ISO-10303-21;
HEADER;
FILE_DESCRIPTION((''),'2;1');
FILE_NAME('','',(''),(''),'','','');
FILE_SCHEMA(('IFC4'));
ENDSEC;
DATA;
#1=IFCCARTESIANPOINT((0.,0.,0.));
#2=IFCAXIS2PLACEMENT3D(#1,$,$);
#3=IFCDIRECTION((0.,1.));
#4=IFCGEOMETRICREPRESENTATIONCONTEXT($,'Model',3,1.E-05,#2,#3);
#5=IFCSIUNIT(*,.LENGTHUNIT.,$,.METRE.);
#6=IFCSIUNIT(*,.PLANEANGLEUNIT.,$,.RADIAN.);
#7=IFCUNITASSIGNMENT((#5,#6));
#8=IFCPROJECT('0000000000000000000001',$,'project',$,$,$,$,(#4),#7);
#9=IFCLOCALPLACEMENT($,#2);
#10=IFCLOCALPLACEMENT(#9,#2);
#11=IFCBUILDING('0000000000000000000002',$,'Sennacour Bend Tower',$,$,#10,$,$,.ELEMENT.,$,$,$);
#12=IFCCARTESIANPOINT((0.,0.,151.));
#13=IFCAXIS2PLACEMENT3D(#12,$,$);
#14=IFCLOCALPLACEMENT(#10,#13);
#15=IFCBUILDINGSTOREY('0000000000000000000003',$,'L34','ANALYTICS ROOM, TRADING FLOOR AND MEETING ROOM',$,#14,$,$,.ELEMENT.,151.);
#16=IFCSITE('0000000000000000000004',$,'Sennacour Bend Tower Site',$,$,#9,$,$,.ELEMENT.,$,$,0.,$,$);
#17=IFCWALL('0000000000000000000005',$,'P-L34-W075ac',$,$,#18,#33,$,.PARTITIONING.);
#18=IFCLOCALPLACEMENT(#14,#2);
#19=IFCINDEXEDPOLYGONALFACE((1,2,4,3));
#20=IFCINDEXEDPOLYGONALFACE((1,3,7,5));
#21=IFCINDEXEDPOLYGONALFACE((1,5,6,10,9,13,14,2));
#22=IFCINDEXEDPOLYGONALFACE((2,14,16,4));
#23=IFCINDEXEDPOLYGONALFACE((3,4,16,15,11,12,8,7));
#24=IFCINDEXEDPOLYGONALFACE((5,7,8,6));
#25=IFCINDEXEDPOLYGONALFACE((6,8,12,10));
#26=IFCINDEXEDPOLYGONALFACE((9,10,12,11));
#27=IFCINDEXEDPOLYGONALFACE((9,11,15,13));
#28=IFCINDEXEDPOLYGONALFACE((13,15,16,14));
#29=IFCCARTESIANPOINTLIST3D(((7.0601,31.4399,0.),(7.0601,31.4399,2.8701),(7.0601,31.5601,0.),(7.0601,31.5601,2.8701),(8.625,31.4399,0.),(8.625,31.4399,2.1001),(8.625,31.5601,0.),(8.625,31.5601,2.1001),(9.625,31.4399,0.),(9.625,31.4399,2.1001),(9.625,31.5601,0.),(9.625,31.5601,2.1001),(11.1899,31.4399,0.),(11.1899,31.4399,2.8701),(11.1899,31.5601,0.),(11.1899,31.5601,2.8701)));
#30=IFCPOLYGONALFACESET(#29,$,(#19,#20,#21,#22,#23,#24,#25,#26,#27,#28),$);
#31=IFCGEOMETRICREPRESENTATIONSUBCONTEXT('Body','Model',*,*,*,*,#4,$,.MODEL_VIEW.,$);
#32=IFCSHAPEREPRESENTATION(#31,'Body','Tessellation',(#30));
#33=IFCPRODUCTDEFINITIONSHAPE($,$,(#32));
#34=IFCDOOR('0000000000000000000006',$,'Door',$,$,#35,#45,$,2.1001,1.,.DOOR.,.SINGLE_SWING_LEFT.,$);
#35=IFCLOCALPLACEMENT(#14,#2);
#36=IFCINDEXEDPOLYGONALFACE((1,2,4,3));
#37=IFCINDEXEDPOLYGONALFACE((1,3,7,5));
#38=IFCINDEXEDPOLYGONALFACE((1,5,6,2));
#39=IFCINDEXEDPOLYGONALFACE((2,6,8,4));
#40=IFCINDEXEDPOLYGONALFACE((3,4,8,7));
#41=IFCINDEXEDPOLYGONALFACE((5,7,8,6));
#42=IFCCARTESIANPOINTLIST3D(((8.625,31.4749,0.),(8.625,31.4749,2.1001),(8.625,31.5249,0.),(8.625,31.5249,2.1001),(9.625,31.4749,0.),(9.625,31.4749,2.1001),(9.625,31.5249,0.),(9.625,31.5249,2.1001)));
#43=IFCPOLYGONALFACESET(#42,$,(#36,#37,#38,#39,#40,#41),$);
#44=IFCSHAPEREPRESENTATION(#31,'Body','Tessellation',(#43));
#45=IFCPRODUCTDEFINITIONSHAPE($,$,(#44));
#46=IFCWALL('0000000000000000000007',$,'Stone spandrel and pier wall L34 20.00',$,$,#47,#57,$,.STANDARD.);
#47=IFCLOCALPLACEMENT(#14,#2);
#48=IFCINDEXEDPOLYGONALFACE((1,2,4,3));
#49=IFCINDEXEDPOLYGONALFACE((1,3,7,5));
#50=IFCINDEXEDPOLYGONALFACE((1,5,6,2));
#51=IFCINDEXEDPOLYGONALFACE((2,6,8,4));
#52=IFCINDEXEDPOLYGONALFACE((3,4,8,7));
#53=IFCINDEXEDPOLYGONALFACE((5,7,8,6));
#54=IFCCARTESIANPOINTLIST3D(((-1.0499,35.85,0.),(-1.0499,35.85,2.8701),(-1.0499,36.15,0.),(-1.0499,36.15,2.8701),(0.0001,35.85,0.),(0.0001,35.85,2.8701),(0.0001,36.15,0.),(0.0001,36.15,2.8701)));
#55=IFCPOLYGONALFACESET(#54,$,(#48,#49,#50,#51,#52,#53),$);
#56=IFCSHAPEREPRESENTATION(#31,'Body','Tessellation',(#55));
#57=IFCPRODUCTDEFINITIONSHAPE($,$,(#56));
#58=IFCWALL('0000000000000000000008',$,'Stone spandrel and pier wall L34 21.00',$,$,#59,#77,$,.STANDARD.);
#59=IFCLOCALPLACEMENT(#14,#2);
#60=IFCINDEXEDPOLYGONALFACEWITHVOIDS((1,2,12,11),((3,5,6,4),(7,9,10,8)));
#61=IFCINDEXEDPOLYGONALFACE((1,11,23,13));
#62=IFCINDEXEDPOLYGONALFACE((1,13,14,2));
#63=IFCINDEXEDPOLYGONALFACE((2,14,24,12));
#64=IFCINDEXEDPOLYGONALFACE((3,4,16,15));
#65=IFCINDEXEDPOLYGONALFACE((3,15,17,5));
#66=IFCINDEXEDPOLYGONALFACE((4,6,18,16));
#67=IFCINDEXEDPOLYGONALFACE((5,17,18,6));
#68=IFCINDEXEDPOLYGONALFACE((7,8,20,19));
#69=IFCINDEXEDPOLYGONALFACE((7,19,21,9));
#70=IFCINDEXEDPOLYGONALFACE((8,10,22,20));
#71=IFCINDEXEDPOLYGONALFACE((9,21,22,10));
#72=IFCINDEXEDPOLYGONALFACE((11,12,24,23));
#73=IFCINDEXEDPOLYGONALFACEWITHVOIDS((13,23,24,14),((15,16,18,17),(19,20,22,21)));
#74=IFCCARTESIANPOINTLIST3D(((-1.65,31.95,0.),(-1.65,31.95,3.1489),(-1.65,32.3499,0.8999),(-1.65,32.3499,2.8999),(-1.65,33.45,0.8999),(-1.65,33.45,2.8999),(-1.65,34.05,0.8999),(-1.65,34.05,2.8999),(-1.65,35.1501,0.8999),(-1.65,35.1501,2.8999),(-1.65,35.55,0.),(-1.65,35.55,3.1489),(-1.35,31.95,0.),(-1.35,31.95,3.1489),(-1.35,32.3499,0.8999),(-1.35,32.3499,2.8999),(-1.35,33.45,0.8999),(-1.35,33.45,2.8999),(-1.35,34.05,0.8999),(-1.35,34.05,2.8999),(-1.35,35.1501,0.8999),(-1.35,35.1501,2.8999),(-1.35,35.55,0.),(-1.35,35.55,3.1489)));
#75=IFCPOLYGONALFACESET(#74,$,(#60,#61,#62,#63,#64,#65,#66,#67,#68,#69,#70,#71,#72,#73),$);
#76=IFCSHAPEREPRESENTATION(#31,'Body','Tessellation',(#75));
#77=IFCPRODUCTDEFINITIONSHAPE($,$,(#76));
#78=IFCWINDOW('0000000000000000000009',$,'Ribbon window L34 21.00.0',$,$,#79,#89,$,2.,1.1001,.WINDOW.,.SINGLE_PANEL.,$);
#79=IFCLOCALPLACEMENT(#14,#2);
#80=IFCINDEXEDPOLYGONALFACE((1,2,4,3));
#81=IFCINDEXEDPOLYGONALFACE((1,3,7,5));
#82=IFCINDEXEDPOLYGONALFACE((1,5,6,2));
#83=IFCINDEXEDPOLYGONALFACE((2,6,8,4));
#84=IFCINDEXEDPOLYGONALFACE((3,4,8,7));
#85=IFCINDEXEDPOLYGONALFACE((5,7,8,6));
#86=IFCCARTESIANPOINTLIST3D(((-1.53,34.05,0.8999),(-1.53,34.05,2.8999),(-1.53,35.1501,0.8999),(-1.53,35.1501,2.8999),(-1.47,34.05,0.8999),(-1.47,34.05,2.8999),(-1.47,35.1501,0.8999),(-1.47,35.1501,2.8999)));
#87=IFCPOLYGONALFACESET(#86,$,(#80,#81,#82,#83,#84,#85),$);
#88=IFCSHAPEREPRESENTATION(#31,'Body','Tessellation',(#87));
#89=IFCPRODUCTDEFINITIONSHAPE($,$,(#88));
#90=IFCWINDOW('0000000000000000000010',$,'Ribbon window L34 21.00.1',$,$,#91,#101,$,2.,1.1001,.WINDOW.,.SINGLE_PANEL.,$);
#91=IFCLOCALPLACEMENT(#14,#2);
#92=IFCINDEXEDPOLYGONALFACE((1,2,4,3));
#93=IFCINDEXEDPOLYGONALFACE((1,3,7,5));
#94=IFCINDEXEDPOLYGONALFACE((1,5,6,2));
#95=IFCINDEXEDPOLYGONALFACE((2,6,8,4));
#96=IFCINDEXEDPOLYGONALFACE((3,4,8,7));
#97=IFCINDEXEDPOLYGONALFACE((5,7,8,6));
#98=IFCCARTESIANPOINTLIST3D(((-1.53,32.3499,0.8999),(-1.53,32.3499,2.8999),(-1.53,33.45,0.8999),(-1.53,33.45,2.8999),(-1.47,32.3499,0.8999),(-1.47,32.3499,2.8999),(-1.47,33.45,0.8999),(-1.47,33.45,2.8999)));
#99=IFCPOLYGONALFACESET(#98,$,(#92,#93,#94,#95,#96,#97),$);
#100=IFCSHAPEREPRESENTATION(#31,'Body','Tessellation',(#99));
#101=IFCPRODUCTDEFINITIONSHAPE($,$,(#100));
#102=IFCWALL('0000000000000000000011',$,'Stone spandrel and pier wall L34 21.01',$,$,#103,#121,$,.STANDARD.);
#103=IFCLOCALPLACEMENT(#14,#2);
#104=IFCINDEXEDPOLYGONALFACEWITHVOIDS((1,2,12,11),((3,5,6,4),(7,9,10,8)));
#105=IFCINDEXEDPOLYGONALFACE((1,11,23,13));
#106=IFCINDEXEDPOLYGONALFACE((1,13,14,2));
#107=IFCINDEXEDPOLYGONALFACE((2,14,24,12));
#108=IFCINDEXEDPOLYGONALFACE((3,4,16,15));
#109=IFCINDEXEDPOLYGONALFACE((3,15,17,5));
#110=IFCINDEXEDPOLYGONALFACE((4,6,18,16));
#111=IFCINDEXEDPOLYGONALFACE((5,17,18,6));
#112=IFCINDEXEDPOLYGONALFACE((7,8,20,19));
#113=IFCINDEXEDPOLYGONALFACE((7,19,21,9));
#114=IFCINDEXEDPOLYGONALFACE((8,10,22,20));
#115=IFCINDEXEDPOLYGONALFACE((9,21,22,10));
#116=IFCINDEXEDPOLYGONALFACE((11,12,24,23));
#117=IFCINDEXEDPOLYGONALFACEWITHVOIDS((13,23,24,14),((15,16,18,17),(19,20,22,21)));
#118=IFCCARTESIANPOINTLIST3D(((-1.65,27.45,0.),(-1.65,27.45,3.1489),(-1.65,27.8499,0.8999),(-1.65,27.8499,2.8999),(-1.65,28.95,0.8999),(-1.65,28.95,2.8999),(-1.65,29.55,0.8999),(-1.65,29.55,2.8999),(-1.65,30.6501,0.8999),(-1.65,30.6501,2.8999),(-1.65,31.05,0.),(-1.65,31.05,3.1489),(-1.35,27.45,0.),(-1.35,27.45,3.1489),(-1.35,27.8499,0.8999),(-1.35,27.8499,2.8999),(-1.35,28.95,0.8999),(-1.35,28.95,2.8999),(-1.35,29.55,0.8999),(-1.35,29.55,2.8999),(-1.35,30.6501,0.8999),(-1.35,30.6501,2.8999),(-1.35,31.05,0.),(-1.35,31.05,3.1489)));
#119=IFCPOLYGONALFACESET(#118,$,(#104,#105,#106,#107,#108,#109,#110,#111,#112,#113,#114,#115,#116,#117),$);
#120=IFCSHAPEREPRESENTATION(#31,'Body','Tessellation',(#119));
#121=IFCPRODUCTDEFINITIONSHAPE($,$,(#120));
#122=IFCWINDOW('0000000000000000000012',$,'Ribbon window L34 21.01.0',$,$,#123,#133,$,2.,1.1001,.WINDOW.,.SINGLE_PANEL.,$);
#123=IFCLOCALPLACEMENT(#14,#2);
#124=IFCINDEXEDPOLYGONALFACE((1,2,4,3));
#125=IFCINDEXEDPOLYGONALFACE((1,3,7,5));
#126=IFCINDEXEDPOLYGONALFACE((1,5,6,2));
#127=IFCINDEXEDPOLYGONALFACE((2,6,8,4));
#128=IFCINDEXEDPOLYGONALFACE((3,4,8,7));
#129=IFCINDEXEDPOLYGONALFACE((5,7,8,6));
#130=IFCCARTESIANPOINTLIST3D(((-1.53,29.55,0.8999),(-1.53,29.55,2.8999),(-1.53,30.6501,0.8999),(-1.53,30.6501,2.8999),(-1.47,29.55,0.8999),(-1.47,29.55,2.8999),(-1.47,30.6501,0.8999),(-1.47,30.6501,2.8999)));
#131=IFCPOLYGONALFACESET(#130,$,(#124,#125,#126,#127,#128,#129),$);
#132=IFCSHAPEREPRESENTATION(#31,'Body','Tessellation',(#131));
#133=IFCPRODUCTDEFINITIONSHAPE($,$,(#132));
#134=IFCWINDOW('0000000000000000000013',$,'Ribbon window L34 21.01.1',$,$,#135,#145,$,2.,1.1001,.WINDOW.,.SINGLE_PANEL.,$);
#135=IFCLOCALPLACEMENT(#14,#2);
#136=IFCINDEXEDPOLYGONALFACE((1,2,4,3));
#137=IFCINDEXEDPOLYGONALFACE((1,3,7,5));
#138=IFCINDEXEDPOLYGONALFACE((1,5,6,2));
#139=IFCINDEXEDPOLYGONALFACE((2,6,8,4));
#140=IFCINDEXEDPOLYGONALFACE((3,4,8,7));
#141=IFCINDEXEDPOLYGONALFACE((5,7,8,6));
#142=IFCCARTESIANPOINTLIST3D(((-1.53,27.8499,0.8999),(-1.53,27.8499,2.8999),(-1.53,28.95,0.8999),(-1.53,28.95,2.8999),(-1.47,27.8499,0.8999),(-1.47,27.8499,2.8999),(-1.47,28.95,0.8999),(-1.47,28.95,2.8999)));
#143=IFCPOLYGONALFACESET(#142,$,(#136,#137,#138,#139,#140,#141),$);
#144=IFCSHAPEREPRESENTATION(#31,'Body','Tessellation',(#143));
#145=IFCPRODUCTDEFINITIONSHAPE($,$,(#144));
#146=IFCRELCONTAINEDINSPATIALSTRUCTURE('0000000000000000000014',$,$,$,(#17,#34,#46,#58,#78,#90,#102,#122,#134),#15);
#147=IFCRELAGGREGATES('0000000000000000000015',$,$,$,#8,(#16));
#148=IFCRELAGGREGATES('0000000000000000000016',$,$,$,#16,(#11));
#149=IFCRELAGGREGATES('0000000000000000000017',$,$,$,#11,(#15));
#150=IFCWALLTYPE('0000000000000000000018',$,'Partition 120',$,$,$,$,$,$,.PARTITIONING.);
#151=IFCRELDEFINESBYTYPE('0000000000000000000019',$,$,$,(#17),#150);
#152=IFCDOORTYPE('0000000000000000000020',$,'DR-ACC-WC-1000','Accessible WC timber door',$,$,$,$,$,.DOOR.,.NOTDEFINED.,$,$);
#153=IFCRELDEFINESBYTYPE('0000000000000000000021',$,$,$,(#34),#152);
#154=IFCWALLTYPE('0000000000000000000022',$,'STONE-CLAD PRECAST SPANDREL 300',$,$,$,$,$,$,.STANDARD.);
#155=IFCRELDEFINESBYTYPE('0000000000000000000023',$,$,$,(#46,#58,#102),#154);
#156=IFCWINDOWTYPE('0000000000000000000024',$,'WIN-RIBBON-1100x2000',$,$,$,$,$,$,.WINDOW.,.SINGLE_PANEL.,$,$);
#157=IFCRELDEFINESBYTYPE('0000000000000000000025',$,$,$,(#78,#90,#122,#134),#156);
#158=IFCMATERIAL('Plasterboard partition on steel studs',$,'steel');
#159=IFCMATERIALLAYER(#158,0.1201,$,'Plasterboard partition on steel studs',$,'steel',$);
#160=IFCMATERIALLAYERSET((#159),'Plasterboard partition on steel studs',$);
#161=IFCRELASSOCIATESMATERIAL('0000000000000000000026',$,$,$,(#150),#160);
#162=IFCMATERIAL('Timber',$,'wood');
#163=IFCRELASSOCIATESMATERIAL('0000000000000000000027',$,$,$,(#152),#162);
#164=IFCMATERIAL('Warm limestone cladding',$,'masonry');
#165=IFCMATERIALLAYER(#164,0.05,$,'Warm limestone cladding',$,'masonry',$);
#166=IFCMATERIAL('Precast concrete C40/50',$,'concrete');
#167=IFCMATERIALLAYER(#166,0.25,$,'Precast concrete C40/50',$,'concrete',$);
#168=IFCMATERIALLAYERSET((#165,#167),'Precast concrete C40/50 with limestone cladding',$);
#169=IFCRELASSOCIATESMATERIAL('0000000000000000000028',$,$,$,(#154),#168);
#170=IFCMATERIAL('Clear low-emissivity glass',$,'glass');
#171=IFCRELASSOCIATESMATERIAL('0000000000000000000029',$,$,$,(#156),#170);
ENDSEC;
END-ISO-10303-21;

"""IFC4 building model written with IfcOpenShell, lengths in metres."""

from ifc_helpers import new_model, si_unit, direction, frame, frame_2d, origin, place, context, subcontext, project, spatial, rectangle, extrude, material, layer, layer_set, type_object, element, fill, save


model = new_model("IFC4")

# Units and contexts
model_context = context("Model", 3, precision=1e-05, world=origin(), true_north=direction((0.0, 1.0)))
body_context = subcontext(model_context, "Body", "Model", "MODEL_VIEW")
ifc_project = project(units=[si_unit("LENGTHUNIT", "METRE"), si_unit("PLANEANGLEUNIT", "RADIAN")], contexts=[model_context])

# Site, building, storey
site_placement = place(None, origin())
site = spatial("IfcSite", under=ifc_project, at=site_placement, Name="Sennacour Bend Tower Site", CompositionType="ELEMENT", RefElevation=0.0)
building_placement = place(site_placement, origin())
building = spatial("IfcBuilding", under=site, at=building_placement, Name="Sennacour Bend Tower", CompositionType="ELEMENT")
storey_placement = place(building_placement, frame((0.0, 0.0, 151.0)))
storey = spatial("IfcBuildingStorey", under=building, at=storey_placement, Name="L34", Description="ANALYTICS ROOM, TRADING FLOOR AND MEETING ROOM", CompositionType="ELEMENT", Elevation=151.0)

# Shared definitions
ifc_material_1 = material(Name="Plasterboard partition on steel studs", Category="steel")
ifc_layer_1 = layer(ifc_material_1, 0.1201, Name="Plasterboard partition on steel studs", Category="steel")
ifc_layer_set_1 = layer_set([ifc_layer_1], Name="Plasterboard partition on steel studs")
wall_type_1 = type_object("IfcWallType", Name="Partition 120", PredefinedType="PARTITIONING", material=ifc_layer_set_1)

# Wall, opening, door
ifc_material_2 = material(Name="Timber", Category="wood")
wall_1_placement = place(storey_placement, frame((7.0601, 31.5, 0.0), z_axis=(0.0, 0.0, 1.0), x_axis=(1.0, 0.0, 0.0)))
wall_1 = element("IfcWall", 1, at=wall_1_placement, inside=storey, type_object=wall_type_1, Name="P-L34-W075ac", PredefinedType="PARTITIONING", context=body_context, shape_type="SweptSolid", body=[
    extrude(rectangle(XDim=4.1299, YDim=0.1201, at=frame_2d((2.0649, 0.0))), origin(), (0.0, 0.0, 1.0), 2.8701),
])
opening_1_placement = place(wall_1_placement, frame((1.5649, 0.0, 0.0)))
opening_1 = element("IfcOpeningElement", 2, at=opening_1_placement, cuts=wall_1, PredefinedType="OPENING", context=body_context, shape_type="SweptSolid", body=[
    extrude(rectangle(XDim=1.0, YDim=2.1001, at=frame_2d((0.5, 1.05))), frame((0.0, 0.0701, 0.0), z_axis=(0.0, -1.0, 0.0), x_axis=(1.0, 0.0, 0.0)), (0.0, 0.0, 1.0), 0.1401),
])
door_type_1 = type_object("IfcDoorType", Name="DR-ACC-WC-1000", Description="Accessible WC timber door", OperationType="NOTDEFINED", PredefinedType="DOOR", material=ifc_material_2)
door_1_placement = place(opening_1_placement, origin())
door_1 = element("IfcDoor", 3, at=door_1_placement, inside=storey, type_object=door_type_1, Name="Door", OperationType="SINGLE_SWING_LEFT", OverallHeight=2.1001, OverallWidth=1.0, PredefinedType="DOOR", context=body_context, shape_type="SweptSolid", body=[
    extrude(rectangle(XDim=1.0, YDim=2.1001, at=frame_2d((0.5, 1.05))), frame((0.0, 0.0249, 0.0), z_axis=(0.0, -1.0, 0.0), x_axis=(1.0, 0.0, 0.0)), (0.0, 0.0, 1.0), 0.05),
])
fill(opening_1, door_1)

# Wall
ifc_material_3 = material(Name="Warm limestone cladding", Category="masonry")
ifc_layer_2 = layer(ifc_material_3, 0.05, Name="Warm limestone cladding", Category="masonry")
ifc_material_4 = material(Name="Precast concrete C40/50", Category="concrete")
ifc_layer_3 = layer(ifc_material_4, 0.25, Name="Precast concrete C40/50", Category="concrete")
ifc_layer_set_2 = layer_set([ifc_layer_2, ifc_layer_3], Name="Precast concrete C40/50 with limestone cladding")
wall_type_2 = type_object("IfcWallType", Name="STONE-CLAD PRECAST SPANDREL 300", PredefinedType="STANDARD", material=ifc_layer_set_2)
wall_2_placement = place(storey_placement, frame((0.0, 36.0, 0.0), z_axis=(0.0, 0.0, 1.0), x_axis=(-1.0, 0.0, 0.0)))
element("IfcWall", 4, at=wall_2_placement, inside=storey, type_object=wall_type_2, Name="Stone spandrel and pier wall L34 20.00", PredefinedType="STANDARD", context=body_context, shape_type="SweptSolid", body=[
    extrude(rectangle(XDim=1.05, YDim=0.3, at=frame_2d((0.5249, 0.0))), origin(), (0.0, 0.0, 1.0), 2.8701),
])

# Walls, openings, windows
wall_3_placement = place(storey_placement, frame((-1.5, 35.55, 0.0), z_axis=(0.0, 0.0, 1.0), x_axis=(0.0, -1.0, 0.0)))
wall_3 = element("IfcWall", 5, at=wall_3_placement, inside=storey, type_object=wall_type_2, Name="Stone spandrel and pier wall L34 21.00", PredefinedType="STANDARD", context=body_context, shape_type="SweptSolid", body=[
    extrude(rectangle(XDim=3.6001, YDim=0.3, at=frame_2d((1.8, 0.0))), origin(), (0.0, 0.0, 1.0), 3.1489),
])
opening_2_placement = place(wall_3_placement, frame((0.3999, 0.0, 0.8999)))
opening_2 = element("IfcOpeningElement", 6, at=opening_2_placement, cuts=wall_3, PredefinedType="OPENING", context=body_context, shape_type="SweptSolid", body=[
    extrude(rectangle(XDim=1.1001, YDim=2.0, at=frame_2d((0.55, 1.0))), frame((0.0, 0.1602, 0.0), z_axis=(0.0, -1.0, 0.0), x_axis=(1.0, 0.0, 0.0)), (0.0, 0.0, 1.0), 0.3201),
])
opening_3_placement = place(wall_3_placement, frame((2.1001, 0.0, 0.8999)))
opening_3 = element("IfcOpeningElement", 7, at=opening_3_placement, cuts=wall_3, PredefinedType="OPENING", context=body_context, shape_type="SweptSolid", body=[
    extrude(rectangle(XDim=1.1001, YDim=2.0, at=frame_2d((0.55, 1.0))), frame((0.0, 0.1602, 0.0), z_axis=(0.0, -1.0, 0.0), x_axis=(1.0, 0.0, 0.0)), (0.0, 0.0, 1.0), 0.3201),
])
ifc_material_5 = material(Name="Clear low-emissivity glass", Category="glass")
window_type = type_object("IfcWindowType", Name="WIN-RIBBON-1100x2000", PartitioningType="SINGLE_PANEL", PredefinedType="WINDOW", material=ifc_material_5)
window_1_placement = place(opening_2_placement, origin())
window_1 = element("IfcWindow", 8, at=window_1_placement, inside=storey, type_object=window_type, Name="Ribbon window L34 21.00.0", OverallHeight=2.0, OverallWidth=1.1001, PartitioningType="SINGLE_PANEL", PredefinedType="WINDOW", context=body_context, shape_type="SweptSolid", body=[
    extrude(rectangle(XDim=1.1001, YDim=2.0, at=frame_2d((0.55, 1.0))), frame((0.0, 0.03, 0.0), z_axis=(0.0, -1.0, 0.0), x_axis=(1.0, 0.0, 0.0)), (0.0, 0.0, 1.0), 0.0601),
])
fill(opening_2, window_1)
window_2_placement = place(opening_3_placement, origin())
window_2 = element("IfcWindow", 9, at=window_2_placement, inside=storey, type_object=window_type, Name="Ribbon window L34 21.00.1", OverallHeight=2.0, OverallWidth=1.1001, PartitioningType="SINGLE_PANEL", PredefinedType="WINDOW", context=body_context, shape_type="SweptSolid", body=[
    extrude(rectangle(XDim=1.1001, YDim=2.0, at=frame_2d((0.55, 1.0))), frame((0.0, 0.03, 0.0), z_axis=(0.0, -1.0, 0.0), x_axis=(1.0, 0.0, 0.0)), (0.0, 0.0, 1.0), 0.0601),
])
fill(opening_3, window_2)
wall_4_placement = place(storey_placement, frame((-1.5, 31.05, 0.0), z_axis=(0.0, 0.0, 1.0), x_axis=(0.0, -1.0, 0.0)))
wall_4 = element("IfcWall", 10, at=wall_4_placement, inside=storey, type_object=wall_type_2, Name="Stone spandrel and pier wall L34 21.01", PredefinedType="STANDARD", context=body_context, shape_type="SweptSolid", body=[
    extrude(rectangle(XDim=3.6001, YDim=0.3, at=frame_2d((1.8, 0.0))), origin(), (0.0, 0.0, 1.0), 3.1489),
])
opening_4_placement = place(wall_4_placement, frame((0.3999, 0.0, 0.8999)))
opening_4 = element("IfcOpeningElement", 11, at=opening_4_placement, cuts=wall_4, PredefinedType="OPENING", context=body_context, shape_type="SweptSolid", body=[
    extrude(rectangle(XDim=1.1001, YDim=2.0, at=frame_2d((0.55, 1.0))), frame((0.0, 0.1602, 0.0), z_axis=(0.0, -1.0, 0.0), x_axis=(1.0, 0.0, 0.0)), (0.0, 0.0, 1.0), 0.3201),
])
opening_5_placement = place(wall_4_placement, frame((2.1001, 0.0, 0.8999)))
opening_5 = element("IfcOpeningElement", 12, at=opening_5_placement, cuts=wall_4, PredefinedType="OPENING", context=body_context, shape_type="SweptSolid", body=[
    extrude(rectangle(XDim=1.1001, YDim=2.0, at=frame_2d((0.55, 1.0))), frame((0.0, 0.1602, 0.0), z_axis=(0.0, -1.0, 0.0), x_axis=(1.0, 0.0, 0.0)), (0.0, 0.0, 1.0), 0.3201),
])
window_3_placement = place(opening_4_placement, origin())
window_3 = element("IfcWindow", 13, at=window_3_placement, inside=storey, type_object=window_type, Name="Ribbon window L34 21.01.0", OverallHeight=2.0, OverallWidth=1.1001, PartitioningType="SINGLE_PANEL", PredefinedType="WINDOW", context=body_context, shape_type="SweptSolid", body=[
    extrude(rectangle(XDim=1.1001, YDim=2.0, at=frame_2d((0.55, 1.0))), frame((0.0, 0.03, 0.0), z_axis=(0.0, -1.0, 0.0), x_axis=(1.0, 0.0, 0.0)), (0.0, 0.0, 1.0), 0.0601),
])
fill(opening_4, window_3)
window_4_placement = place(opening_5_placement, origin())
window_4 = element("IfcWindow", 14, at=window_4_placement, inside=storey, type_object=window_type, Name="Ribbon window L34 21.01.1", OverallHeight=2.0, OverallWidth=1.1001, PartitioningType="SINGLE_PANEL", PredefinedType="WINDOW", context=body_context, shape_type="SweptSolid", body=[
    extrude(rectangle(XDim=1.1001, YDim=2.0, at=frame_2d((0.55, 1.0))), frame((0.0, 0.03, 0.0), z_axis=(0.0, -1.0, 0.0), x_axis=(1.0, 0.0, 0.0)), (0.0, 0.0, 1.0), 0.0601),
])
fill(opening_5, window_4)

save(model, "model.ifc")
